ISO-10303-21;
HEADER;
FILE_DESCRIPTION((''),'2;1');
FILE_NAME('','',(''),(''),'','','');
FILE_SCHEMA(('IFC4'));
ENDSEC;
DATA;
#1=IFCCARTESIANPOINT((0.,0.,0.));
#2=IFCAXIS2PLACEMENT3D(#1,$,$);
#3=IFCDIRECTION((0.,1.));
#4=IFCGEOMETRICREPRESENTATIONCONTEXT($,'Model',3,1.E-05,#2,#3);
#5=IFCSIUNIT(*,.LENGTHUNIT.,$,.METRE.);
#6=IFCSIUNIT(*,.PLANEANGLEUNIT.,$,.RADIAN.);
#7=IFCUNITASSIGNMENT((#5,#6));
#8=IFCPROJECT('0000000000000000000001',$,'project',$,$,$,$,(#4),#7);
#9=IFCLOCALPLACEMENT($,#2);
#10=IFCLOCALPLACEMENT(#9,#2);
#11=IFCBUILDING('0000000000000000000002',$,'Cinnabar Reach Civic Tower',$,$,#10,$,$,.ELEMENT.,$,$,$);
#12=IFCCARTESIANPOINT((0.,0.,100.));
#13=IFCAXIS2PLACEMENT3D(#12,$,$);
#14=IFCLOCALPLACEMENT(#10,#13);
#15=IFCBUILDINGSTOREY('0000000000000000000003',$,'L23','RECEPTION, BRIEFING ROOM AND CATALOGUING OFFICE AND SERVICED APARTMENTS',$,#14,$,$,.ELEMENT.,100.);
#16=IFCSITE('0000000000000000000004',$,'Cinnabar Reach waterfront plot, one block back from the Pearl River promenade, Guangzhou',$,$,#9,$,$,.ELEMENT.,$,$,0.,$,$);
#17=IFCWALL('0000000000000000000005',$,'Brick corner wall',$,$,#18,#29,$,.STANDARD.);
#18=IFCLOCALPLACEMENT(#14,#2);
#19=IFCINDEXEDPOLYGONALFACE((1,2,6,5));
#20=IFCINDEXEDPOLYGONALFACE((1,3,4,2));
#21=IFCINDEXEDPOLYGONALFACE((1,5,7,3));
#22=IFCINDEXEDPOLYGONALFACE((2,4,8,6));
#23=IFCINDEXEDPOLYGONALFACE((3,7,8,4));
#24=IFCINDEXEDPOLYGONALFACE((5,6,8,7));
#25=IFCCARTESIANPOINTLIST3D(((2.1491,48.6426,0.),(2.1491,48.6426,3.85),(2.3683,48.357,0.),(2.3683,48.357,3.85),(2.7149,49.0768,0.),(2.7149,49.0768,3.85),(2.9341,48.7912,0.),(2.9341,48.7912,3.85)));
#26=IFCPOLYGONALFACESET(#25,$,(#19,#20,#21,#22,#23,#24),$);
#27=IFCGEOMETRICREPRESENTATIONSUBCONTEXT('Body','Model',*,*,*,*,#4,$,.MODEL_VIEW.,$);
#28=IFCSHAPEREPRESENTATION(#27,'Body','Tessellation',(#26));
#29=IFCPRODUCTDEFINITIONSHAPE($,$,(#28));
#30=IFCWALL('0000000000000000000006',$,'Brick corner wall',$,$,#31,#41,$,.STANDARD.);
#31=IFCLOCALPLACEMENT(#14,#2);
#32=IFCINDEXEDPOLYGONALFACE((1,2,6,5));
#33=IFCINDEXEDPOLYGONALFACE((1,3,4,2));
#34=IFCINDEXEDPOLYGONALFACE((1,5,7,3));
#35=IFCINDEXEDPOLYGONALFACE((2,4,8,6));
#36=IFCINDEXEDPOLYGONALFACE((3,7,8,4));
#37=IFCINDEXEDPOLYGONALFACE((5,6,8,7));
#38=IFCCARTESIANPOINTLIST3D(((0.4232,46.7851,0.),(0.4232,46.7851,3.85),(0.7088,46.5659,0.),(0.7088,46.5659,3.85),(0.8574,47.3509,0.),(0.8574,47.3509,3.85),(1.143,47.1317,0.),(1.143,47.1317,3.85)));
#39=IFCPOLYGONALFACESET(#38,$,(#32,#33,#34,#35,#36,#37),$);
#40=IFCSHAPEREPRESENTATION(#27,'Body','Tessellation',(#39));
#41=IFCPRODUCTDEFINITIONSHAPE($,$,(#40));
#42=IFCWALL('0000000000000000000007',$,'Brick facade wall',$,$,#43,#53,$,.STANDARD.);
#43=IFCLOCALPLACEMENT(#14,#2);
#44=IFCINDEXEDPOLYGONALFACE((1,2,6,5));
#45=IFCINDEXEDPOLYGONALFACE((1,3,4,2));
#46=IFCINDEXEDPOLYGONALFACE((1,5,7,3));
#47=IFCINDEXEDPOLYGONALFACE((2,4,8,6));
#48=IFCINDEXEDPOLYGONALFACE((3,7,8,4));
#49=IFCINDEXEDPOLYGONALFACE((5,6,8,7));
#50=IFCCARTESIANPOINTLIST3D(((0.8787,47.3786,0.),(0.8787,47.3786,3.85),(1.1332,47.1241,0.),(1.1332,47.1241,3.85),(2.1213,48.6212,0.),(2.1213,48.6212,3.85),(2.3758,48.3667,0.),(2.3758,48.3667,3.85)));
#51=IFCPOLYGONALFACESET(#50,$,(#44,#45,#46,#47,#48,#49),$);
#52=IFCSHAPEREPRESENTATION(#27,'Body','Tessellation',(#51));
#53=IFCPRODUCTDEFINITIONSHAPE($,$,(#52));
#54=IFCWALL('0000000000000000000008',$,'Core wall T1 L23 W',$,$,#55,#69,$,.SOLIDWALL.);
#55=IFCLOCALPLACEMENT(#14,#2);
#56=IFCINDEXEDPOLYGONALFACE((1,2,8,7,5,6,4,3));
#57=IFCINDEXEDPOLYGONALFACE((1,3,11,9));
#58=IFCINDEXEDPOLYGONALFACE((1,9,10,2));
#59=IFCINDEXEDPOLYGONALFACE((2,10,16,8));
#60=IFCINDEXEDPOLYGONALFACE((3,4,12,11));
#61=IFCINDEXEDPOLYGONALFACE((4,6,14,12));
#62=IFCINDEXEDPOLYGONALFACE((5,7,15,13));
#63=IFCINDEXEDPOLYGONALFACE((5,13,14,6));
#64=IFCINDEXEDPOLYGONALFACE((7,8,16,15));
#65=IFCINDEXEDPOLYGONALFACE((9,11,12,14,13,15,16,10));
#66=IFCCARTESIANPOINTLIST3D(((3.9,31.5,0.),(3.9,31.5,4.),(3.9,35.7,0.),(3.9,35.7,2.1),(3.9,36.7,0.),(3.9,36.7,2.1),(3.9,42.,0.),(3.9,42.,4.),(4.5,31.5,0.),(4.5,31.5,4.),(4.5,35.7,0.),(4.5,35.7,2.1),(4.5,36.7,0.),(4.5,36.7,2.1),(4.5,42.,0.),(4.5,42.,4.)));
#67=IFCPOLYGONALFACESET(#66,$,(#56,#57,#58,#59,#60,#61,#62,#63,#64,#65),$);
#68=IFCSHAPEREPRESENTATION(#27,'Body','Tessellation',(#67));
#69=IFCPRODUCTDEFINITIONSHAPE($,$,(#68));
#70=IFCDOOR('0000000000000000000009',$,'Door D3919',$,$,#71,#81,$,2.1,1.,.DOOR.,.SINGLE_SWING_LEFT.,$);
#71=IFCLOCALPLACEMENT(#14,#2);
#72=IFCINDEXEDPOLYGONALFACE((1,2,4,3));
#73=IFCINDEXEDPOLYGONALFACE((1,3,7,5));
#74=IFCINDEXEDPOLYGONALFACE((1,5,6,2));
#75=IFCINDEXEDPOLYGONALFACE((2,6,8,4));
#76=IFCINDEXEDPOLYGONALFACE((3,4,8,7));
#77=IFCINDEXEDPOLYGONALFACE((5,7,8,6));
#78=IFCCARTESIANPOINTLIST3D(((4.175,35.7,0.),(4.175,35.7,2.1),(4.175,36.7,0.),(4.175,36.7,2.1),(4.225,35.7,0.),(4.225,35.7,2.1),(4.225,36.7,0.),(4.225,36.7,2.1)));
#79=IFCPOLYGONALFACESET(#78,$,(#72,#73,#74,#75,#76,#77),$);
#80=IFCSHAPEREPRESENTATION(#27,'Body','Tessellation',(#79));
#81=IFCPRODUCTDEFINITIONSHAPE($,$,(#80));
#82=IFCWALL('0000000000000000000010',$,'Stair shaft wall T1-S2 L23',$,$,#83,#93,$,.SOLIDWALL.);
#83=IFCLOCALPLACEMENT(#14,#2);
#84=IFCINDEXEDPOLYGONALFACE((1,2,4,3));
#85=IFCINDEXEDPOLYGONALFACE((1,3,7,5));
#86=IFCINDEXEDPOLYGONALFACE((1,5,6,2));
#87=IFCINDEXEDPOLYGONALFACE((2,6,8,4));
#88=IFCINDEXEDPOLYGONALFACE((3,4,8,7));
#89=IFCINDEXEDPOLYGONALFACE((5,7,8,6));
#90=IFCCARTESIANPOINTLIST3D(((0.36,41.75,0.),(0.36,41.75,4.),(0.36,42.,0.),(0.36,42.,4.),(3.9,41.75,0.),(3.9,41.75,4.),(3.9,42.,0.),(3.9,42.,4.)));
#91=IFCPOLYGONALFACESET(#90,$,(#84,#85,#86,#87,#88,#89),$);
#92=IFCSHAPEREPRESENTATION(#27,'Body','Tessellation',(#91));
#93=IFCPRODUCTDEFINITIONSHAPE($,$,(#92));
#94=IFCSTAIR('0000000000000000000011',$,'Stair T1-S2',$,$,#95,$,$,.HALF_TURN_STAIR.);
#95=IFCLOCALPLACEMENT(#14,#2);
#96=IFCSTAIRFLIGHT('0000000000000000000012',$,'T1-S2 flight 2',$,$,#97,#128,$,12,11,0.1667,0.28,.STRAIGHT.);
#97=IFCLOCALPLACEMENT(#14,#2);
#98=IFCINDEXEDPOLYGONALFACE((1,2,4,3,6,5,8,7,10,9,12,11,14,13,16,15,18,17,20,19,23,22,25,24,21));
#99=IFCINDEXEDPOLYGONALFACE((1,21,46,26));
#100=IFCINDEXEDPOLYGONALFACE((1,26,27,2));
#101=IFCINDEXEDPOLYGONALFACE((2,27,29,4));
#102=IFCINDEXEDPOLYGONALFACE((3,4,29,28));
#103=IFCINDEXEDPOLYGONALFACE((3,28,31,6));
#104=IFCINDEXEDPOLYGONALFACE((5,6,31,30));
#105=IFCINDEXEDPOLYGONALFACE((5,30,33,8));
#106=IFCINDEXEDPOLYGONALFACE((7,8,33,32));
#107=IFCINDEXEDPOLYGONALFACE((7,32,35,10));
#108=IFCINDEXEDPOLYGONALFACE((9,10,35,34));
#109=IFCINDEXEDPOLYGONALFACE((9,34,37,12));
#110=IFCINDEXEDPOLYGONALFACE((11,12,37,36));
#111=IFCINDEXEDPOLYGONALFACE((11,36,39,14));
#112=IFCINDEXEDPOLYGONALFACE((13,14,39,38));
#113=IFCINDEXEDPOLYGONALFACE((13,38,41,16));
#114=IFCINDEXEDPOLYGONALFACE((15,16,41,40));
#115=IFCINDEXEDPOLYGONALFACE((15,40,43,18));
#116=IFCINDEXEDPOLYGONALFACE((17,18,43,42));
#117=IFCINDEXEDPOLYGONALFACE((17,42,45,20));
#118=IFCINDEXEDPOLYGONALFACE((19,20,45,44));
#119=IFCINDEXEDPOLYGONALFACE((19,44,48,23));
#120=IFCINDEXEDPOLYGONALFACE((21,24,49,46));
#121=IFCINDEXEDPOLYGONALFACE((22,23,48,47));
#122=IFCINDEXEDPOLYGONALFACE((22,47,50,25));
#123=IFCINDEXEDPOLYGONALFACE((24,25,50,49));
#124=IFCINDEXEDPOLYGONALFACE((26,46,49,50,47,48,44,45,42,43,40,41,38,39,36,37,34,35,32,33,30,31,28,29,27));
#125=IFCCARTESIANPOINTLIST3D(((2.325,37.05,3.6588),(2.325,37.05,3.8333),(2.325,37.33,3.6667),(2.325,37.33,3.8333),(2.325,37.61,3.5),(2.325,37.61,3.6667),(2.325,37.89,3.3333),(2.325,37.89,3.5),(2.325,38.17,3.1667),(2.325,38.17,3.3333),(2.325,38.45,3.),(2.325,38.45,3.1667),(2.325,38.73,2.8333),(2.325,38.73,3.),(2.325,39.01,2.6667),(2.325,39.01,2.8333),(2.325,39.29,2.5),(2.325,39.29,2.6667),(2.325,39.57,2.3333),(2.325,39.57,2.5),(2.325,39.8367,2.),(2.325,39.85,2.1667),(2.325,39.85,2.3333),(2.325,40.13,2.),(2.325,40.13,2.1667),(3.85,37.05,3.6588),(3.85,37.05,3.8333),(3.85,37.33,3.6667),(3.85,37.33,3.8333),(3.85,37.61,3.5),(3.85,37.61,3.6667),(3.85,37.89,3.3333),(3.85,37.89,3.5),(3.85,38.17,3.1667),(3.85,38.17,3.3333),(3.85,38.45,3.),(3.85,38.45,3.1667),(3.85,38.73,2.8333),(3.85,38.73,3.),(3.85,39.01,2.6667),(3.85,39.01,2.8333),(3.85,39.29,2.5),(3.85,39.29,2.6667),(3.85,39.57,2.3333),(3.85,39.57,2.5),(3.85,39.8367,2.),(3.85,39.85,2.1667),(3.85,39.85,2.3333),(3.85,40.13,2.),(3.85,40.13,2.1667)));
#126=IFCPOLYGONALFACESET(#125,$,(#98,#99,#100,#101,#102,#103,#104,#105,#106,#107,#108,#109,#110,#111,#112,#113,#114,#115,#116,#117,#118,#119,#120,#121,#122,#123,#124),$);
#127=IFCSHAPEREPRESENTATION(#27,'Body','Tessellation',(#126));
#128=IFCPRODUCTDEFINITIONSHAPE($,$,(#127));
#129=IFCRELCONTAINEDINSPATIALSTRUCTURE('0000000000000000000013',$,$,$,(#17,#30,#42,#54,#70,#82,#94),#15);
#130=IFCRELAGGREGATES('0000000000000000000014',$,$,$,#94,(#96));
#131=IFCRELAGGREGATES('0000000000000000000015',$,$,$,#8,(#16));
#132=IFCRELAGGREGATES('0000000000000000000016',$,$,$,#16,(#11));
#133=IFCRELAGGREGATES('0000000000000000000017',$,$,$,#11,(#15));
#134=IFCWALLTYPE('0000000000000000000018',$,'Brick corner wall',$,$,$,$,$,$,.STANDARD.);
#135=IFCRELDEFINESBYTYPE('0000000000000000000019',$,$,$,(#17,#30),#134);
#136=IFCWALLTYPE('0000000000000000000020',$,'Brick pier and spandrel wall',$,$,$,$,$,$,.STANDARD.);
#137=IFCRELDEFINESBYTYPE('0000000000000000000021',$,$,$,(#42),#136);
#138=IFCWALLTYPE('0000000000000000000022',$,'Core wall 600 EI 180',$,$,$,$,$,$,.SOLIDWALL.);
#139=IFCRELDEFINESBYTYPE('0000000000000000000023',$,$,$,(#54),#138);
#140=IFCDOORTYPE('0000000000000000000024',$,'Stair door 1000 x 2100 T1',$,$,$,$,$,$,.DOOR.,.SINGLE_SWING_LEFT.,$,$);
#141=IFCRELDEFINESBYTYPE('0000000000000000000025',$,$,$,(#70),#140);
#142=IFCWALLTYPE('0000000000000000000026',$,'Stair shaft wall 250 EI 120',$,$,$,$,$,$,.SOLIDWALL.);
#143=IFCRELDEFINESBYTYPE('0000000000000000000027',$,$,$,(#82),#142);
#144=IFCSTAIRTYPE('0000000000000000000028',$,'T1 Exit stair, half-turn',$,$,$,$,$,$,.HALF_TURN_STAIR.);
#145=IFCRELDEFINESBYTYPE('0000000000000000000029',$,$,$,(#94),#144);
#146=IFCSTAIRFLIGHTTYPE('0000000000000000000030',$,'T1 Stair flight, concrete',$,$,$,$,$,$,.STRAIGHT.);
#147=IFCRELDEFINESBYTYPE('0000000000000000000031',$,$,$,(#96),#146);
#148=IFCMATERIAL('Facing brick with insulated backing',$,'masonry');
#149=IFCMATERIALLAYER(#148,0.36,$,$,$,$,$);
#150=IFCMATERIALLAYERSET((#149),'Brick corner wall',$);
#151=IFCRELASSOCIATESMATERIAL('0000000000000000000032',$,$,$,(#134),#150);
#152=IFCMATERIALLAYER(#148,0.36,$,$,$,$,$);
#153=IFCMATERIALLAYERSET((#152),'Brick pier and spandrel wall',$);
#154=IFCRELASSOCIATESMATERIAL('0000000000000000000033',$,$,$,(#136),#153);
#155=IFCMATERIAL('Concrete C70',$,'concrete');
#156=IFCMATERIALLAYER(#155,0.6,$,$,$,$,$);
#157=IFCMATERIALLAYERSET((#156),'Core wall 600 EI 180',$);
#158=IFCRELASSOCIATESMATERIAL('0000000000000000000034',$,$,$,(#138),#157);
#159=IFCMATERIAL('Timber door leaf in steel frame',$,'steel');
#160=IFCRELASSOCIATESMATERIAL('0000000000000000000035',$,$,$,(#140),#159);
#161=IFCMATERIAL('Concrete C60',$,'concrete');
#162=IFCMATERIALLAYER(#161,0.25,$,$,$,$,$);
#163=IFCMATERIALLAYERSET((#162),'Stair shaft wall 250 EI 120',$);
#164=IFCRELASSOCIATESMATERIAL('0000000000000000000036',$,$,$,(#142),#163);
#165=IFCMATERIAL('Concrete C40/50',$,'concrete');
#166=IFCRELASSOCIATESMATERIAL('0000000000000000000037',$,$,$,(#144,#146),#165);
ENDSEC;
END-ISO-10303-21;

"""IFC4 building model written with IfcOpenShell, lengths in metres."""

from ifc_helpers import new_model, si_unit, direction, frame, frame_2d, origin, place, context, subcontext, project, spatial, polyline, rectangle, outline, extrude, material, layer, layer_set, type_object, element, fill, aggregate, save


model = new_model("IFC4")

# Units and contexts
model_context = context("Model", 3, precision=1e-05, world=origin(), true_north=direction((0.0, 1.0)))
body_context = subcontext(model_context, "Body", "Model", "MODEL_VIEW")
ifc_project = project(units=[si_unit("LENGTHUNIT", "METRE"), si_unit("PLANEANGLEUNIT", "RADIAN")], contexts=[model_context])

# Site, building, storey
site_placement = place(None, origin())
site = spatial("IfcSite", under=ifc_project, at=site_placement, Name="Cinnabar Reach waterfront plot, one block back from the Pearl River promenade, Guangzhou", CompositionType="ELEMENT", RefElevation=0.0)
building_placement = place(site_placement, origin())
building = spatial("IfcBuilding", under=site, at=building_placement, Name="Cinnabar Reach Civic Tower", CompositionType="ELEMENT")
storey_placement = place(building_placement, frame((0.0, 0.0, 100.0)))
storey = spatial("IfcBuildingStorey", under=building, at=storey_placement, Name="L23", Description="RECEPTION, BRIEFING ROOM AND CATALOGUING OFFICE AND SERVICED APARTMENTS", CompositionType="ELEMENT", Elevation=100.0)

# Walls
ifc_material_1 = material(Name="Facing brick with insulated backing", Category="masonry")
ifc_layer_1 = layer(ifc_material_1, 0.36)
ifc_layer_set_1 = layer_set([ifc_layer_1], Name="Brick corner wall")
wall_type_1 = type_object("IfcWallType", Name="Brick corner wall", PredefinedType="STANDARD", material=ifc_layer_set_1)
for number, where, z_axis, x_axis, name in (
    (1, (2.8245, 48.934, 0.0), (0.0, 0.0, 1.0), (-0.793322, -0.608802, 0.0), "Brick corner wall"),
    (2, (1.0002, 47.2413, 0.0), (0.0, 0.0, 1.0), (-0.608802, -0.793322, 0.0), "Brick corner wall"),
):
    element("IfcWall", number, at=place(storey_placement, frame(where, z_axis=z_axis, x_axis=x_axis)), inside=storey, type_object=wall_type_1, Name=name, PredefinedType="STANDARD", context=body_context, shape_type="SweptSolid", body=[
        extrude(rectangle(XDim=0.7132, YDim=0.36, at=frame_2d((0.3566, 0.0))), origin(), (0.0, 0.0, 1.0), 3.85),
    ])
ifc_layer_2 = layer(ifc_material_1, 0.36)
ifc_layer_set_2 = layer_set([ifc_layer_2], Name="Brick pier and spandrel wall")
wall_type_2 = type_object("IfcWallType", Name="Brick pier and spandrel wall", PredefinedType="STANDARD", material=ifc_layer_set_2)
wall_1_placement = place(storey_placement, frame((2.2486, 48.494, 0.0), z_axis=(0.0, 0.0, 1.0), x_axis=(-0.707107, -0.707107, 0.0)))
element("IfcWall", 3, at=wall_1_placement, inside=storey, type_object=wall_type_2, Name="Brick facade wall", PredefinedType="STANDARD", context=body_context, shape_type="SweptSolid", body=[
    extrude(rectangle(XDim=1.7573, YDim=0.36, at=frame_2d((0.8787, 0.0))), origin(), (0.0, 0.0, 1.0), 3.85),
])

# Wall, opening, door
ifc_material_2 = material(Name="Concrete C70", Category="concrete")
ifc_layer_3 = layer(ifc_material_2, 0.6)
ifc_layer_set_3 = layer_set([ifc_layer_3], Name="Core wall 600 EI 180")
wall_type_3 = type_object("IfcWallType", Name="Core wall 600 EI 180", PredefinedType="SOLIDWALL", material=ifc_layer_set_3)
wall_2_placement = place(storey_placement, frame((4.2, 42.0, 0.0), z_axis=(0.0, 0.0, 1.0), x_axis=(0.0, -1.0, 0.0)))
wall_2 = element("IfcWall", 4, at=wall_2_placement, inside=storey, type_object=wall_type_3, Name="Core wall T1 L23 W", PredefinedType="SOLIDWALL", context=body_context, shape_type="SweptSolid", body=[
    extrude(rectangle(XDim=10.5, YDim=0.6, at=frame_2d((5.25, 0.0))), origin(), (0.0, 0.0, 1.0), 4.0),
])
opening_placement = place(wall_2_placement, frame((5.3, 0.0, 0.0)))
opening = element("IfcOpeningElement", 5, at=opening_placement, cuts=wall_2, PredefinedType="OPENING", context=body_context, shape_type="SweptSolid", body=[
    extrude(rectangle(XDim=1.0, YDim=2.1, at=frame_2d((0.5, 1.05))), frame((0.0, 0.31, 0.0), z_axis=(0.0, -1.0, 0.0), x_axis=(1.0, 0.0, 0.0)), (0.0, 0.0, 1.0), 0.62),
])
ifc_material_3 = material(Name="Timber door leaf in steel frame", Category="steel")
door_type = type_object("IfcDoorType", Name="Stair door 1000 x 2100 T1", OperationType="SINGLE_SWING_LEFT", PredefinedType="DOOR", material=ifc_material_3)
door_placement = place(opening_placement, frame((1.0, 0.0, 0.0), z_axis=(0.0, 0.0, 1.0), x_axis=(-1.0, 0.0, 0.0)))
door = element("IfcDoor", 6, at=door_placement, inside=storey, type_object=door_type, Name="Door D3919", OperationType="SINGLE_SWING_LEFT", OverallHeight=2.1, OverallWidth=1.0, PredefinedType="DOOR", context=body_context, shape_type="SweptSolid", body=[
    extrude(rectangle(XDim=1.0, YDim=2.1, at=frame_2d((0.5, 1.05))), frame((0.0, 0.025, 0.0), z_axis=(0.0, -1.0, 0.0), x_axis=(1.0, 0.0, 0.0)), (0.0, 0.0, 1.0), 0.05),
])
fill(opening, door)

# Wall
ifc_material_4 = material(Name="Concrete C60", Category="concrete")
ifc_layer_4 = layer(ifc_material_4, 0.25)
ifc_layer_set_4 = layer_set([ifc_layer_4], Name="Stair shaft wall 250 EI 120")
wall_type_4 = type_object("IfcWallType", Name="Stair shaft wall 250 EI 120", PredefinedType="SOLIDWALL", material=ifc_layer_set_4)
wall_3_placement = place(storey_placement, frame((3.9, 41.875, 0.0), z_axis=(0.0, 0.0, 1.0), x_axis=(-1.0, 0.0, 0.0)))
element("IfcWall", 7, at=wall_3_placement, inside=storey, type_object=wall_type_4, Name="Stair shaft wall T1-S2 L23", PredefinedType="SOLIDWALL", context=body_context, shape_type="SweptSolid", body=[
    extrude(rectangle(XDim=3.54, YDim=0.25, at=frame_2d((1.77, 0.0))), origin(), (0.0, 0.0, 1.0), 4.0),
])

# Stair, stair flight
ifc_material_5 = material(Name="Concrete C40/50", Category="concrete")
stair_type = type_object("IfcStairType", Name="T1 Exit stair, half-turn", PredefinedType="HALF_TURN_STAIR", material=ifc_material_5)
stair_placement = place(storey_placement, origin())
stair = element("IfcStair", 8, at=stair_placement, inside=storey, type_object=stair_type, Name="Stair T1-S2", PredefinedType="HALF_TURN_STAIR")
stair_flight_type = type_object("IfcStairFlightType", Name="T1 Stair flight, concrete", PredefinedType="STRAIGHT", material=ifc_material_5)
stair_flight_placement = place(storey_placement, frame((3.0875, 40.13, 2.0), z_axis=(0.0, 0.0, 1.0), x_axis=(0.0, -1.0, 0.0)))
stair_flight = element("IfcStairFlight", 9, at=stair_flight_placement, type_object=stair_flight_type, Name="T1-S2 flight 2", NumberOfRisers=12, NumberOfTreads=11, PredefinedType="STRAIGHT", RiserHeight=0.1667, TreadLength=0.28, context=body_context, shape_type="SweptSolid", body=[
    extrude(outline(polyline([(0.0, 0.0), (0.0, 0.1667), (0.28, 0.1667), (0.28, 0.3333), (0.56, 0.3333), (0.56, 0.5), (0.84, 0.5), (0.84, 0.6667), (1.12, 0.6667), (1.12, 0.8333), (1.4, 0.8333), (1.4, 1.0), (1.68, 1.0), (1.68, 1.1667), (1.96, 1.1667), (1.96, 1.3333), (2.24, 1.3333), (2.24, 1.5), (2.52, 1.5), (2.52, 1.6667), (2.8, 1.6667), (2.8, 1.8333), (3.08, 1.8333), (3.08, 2.0), (3.08, 1.6588), (0.2933, 0.0), (0.0, 0.0)])), frame((0.0, 0.7625, 0.0), z_axis=(0.0, -1.0, 0.0), x_axis=(1.0, 0.0, 0.0)), (0.0, 0.0, 1.0), 1.525),
])
aggregate(stair, [stair_flight])

save(model, "model.ifc")
